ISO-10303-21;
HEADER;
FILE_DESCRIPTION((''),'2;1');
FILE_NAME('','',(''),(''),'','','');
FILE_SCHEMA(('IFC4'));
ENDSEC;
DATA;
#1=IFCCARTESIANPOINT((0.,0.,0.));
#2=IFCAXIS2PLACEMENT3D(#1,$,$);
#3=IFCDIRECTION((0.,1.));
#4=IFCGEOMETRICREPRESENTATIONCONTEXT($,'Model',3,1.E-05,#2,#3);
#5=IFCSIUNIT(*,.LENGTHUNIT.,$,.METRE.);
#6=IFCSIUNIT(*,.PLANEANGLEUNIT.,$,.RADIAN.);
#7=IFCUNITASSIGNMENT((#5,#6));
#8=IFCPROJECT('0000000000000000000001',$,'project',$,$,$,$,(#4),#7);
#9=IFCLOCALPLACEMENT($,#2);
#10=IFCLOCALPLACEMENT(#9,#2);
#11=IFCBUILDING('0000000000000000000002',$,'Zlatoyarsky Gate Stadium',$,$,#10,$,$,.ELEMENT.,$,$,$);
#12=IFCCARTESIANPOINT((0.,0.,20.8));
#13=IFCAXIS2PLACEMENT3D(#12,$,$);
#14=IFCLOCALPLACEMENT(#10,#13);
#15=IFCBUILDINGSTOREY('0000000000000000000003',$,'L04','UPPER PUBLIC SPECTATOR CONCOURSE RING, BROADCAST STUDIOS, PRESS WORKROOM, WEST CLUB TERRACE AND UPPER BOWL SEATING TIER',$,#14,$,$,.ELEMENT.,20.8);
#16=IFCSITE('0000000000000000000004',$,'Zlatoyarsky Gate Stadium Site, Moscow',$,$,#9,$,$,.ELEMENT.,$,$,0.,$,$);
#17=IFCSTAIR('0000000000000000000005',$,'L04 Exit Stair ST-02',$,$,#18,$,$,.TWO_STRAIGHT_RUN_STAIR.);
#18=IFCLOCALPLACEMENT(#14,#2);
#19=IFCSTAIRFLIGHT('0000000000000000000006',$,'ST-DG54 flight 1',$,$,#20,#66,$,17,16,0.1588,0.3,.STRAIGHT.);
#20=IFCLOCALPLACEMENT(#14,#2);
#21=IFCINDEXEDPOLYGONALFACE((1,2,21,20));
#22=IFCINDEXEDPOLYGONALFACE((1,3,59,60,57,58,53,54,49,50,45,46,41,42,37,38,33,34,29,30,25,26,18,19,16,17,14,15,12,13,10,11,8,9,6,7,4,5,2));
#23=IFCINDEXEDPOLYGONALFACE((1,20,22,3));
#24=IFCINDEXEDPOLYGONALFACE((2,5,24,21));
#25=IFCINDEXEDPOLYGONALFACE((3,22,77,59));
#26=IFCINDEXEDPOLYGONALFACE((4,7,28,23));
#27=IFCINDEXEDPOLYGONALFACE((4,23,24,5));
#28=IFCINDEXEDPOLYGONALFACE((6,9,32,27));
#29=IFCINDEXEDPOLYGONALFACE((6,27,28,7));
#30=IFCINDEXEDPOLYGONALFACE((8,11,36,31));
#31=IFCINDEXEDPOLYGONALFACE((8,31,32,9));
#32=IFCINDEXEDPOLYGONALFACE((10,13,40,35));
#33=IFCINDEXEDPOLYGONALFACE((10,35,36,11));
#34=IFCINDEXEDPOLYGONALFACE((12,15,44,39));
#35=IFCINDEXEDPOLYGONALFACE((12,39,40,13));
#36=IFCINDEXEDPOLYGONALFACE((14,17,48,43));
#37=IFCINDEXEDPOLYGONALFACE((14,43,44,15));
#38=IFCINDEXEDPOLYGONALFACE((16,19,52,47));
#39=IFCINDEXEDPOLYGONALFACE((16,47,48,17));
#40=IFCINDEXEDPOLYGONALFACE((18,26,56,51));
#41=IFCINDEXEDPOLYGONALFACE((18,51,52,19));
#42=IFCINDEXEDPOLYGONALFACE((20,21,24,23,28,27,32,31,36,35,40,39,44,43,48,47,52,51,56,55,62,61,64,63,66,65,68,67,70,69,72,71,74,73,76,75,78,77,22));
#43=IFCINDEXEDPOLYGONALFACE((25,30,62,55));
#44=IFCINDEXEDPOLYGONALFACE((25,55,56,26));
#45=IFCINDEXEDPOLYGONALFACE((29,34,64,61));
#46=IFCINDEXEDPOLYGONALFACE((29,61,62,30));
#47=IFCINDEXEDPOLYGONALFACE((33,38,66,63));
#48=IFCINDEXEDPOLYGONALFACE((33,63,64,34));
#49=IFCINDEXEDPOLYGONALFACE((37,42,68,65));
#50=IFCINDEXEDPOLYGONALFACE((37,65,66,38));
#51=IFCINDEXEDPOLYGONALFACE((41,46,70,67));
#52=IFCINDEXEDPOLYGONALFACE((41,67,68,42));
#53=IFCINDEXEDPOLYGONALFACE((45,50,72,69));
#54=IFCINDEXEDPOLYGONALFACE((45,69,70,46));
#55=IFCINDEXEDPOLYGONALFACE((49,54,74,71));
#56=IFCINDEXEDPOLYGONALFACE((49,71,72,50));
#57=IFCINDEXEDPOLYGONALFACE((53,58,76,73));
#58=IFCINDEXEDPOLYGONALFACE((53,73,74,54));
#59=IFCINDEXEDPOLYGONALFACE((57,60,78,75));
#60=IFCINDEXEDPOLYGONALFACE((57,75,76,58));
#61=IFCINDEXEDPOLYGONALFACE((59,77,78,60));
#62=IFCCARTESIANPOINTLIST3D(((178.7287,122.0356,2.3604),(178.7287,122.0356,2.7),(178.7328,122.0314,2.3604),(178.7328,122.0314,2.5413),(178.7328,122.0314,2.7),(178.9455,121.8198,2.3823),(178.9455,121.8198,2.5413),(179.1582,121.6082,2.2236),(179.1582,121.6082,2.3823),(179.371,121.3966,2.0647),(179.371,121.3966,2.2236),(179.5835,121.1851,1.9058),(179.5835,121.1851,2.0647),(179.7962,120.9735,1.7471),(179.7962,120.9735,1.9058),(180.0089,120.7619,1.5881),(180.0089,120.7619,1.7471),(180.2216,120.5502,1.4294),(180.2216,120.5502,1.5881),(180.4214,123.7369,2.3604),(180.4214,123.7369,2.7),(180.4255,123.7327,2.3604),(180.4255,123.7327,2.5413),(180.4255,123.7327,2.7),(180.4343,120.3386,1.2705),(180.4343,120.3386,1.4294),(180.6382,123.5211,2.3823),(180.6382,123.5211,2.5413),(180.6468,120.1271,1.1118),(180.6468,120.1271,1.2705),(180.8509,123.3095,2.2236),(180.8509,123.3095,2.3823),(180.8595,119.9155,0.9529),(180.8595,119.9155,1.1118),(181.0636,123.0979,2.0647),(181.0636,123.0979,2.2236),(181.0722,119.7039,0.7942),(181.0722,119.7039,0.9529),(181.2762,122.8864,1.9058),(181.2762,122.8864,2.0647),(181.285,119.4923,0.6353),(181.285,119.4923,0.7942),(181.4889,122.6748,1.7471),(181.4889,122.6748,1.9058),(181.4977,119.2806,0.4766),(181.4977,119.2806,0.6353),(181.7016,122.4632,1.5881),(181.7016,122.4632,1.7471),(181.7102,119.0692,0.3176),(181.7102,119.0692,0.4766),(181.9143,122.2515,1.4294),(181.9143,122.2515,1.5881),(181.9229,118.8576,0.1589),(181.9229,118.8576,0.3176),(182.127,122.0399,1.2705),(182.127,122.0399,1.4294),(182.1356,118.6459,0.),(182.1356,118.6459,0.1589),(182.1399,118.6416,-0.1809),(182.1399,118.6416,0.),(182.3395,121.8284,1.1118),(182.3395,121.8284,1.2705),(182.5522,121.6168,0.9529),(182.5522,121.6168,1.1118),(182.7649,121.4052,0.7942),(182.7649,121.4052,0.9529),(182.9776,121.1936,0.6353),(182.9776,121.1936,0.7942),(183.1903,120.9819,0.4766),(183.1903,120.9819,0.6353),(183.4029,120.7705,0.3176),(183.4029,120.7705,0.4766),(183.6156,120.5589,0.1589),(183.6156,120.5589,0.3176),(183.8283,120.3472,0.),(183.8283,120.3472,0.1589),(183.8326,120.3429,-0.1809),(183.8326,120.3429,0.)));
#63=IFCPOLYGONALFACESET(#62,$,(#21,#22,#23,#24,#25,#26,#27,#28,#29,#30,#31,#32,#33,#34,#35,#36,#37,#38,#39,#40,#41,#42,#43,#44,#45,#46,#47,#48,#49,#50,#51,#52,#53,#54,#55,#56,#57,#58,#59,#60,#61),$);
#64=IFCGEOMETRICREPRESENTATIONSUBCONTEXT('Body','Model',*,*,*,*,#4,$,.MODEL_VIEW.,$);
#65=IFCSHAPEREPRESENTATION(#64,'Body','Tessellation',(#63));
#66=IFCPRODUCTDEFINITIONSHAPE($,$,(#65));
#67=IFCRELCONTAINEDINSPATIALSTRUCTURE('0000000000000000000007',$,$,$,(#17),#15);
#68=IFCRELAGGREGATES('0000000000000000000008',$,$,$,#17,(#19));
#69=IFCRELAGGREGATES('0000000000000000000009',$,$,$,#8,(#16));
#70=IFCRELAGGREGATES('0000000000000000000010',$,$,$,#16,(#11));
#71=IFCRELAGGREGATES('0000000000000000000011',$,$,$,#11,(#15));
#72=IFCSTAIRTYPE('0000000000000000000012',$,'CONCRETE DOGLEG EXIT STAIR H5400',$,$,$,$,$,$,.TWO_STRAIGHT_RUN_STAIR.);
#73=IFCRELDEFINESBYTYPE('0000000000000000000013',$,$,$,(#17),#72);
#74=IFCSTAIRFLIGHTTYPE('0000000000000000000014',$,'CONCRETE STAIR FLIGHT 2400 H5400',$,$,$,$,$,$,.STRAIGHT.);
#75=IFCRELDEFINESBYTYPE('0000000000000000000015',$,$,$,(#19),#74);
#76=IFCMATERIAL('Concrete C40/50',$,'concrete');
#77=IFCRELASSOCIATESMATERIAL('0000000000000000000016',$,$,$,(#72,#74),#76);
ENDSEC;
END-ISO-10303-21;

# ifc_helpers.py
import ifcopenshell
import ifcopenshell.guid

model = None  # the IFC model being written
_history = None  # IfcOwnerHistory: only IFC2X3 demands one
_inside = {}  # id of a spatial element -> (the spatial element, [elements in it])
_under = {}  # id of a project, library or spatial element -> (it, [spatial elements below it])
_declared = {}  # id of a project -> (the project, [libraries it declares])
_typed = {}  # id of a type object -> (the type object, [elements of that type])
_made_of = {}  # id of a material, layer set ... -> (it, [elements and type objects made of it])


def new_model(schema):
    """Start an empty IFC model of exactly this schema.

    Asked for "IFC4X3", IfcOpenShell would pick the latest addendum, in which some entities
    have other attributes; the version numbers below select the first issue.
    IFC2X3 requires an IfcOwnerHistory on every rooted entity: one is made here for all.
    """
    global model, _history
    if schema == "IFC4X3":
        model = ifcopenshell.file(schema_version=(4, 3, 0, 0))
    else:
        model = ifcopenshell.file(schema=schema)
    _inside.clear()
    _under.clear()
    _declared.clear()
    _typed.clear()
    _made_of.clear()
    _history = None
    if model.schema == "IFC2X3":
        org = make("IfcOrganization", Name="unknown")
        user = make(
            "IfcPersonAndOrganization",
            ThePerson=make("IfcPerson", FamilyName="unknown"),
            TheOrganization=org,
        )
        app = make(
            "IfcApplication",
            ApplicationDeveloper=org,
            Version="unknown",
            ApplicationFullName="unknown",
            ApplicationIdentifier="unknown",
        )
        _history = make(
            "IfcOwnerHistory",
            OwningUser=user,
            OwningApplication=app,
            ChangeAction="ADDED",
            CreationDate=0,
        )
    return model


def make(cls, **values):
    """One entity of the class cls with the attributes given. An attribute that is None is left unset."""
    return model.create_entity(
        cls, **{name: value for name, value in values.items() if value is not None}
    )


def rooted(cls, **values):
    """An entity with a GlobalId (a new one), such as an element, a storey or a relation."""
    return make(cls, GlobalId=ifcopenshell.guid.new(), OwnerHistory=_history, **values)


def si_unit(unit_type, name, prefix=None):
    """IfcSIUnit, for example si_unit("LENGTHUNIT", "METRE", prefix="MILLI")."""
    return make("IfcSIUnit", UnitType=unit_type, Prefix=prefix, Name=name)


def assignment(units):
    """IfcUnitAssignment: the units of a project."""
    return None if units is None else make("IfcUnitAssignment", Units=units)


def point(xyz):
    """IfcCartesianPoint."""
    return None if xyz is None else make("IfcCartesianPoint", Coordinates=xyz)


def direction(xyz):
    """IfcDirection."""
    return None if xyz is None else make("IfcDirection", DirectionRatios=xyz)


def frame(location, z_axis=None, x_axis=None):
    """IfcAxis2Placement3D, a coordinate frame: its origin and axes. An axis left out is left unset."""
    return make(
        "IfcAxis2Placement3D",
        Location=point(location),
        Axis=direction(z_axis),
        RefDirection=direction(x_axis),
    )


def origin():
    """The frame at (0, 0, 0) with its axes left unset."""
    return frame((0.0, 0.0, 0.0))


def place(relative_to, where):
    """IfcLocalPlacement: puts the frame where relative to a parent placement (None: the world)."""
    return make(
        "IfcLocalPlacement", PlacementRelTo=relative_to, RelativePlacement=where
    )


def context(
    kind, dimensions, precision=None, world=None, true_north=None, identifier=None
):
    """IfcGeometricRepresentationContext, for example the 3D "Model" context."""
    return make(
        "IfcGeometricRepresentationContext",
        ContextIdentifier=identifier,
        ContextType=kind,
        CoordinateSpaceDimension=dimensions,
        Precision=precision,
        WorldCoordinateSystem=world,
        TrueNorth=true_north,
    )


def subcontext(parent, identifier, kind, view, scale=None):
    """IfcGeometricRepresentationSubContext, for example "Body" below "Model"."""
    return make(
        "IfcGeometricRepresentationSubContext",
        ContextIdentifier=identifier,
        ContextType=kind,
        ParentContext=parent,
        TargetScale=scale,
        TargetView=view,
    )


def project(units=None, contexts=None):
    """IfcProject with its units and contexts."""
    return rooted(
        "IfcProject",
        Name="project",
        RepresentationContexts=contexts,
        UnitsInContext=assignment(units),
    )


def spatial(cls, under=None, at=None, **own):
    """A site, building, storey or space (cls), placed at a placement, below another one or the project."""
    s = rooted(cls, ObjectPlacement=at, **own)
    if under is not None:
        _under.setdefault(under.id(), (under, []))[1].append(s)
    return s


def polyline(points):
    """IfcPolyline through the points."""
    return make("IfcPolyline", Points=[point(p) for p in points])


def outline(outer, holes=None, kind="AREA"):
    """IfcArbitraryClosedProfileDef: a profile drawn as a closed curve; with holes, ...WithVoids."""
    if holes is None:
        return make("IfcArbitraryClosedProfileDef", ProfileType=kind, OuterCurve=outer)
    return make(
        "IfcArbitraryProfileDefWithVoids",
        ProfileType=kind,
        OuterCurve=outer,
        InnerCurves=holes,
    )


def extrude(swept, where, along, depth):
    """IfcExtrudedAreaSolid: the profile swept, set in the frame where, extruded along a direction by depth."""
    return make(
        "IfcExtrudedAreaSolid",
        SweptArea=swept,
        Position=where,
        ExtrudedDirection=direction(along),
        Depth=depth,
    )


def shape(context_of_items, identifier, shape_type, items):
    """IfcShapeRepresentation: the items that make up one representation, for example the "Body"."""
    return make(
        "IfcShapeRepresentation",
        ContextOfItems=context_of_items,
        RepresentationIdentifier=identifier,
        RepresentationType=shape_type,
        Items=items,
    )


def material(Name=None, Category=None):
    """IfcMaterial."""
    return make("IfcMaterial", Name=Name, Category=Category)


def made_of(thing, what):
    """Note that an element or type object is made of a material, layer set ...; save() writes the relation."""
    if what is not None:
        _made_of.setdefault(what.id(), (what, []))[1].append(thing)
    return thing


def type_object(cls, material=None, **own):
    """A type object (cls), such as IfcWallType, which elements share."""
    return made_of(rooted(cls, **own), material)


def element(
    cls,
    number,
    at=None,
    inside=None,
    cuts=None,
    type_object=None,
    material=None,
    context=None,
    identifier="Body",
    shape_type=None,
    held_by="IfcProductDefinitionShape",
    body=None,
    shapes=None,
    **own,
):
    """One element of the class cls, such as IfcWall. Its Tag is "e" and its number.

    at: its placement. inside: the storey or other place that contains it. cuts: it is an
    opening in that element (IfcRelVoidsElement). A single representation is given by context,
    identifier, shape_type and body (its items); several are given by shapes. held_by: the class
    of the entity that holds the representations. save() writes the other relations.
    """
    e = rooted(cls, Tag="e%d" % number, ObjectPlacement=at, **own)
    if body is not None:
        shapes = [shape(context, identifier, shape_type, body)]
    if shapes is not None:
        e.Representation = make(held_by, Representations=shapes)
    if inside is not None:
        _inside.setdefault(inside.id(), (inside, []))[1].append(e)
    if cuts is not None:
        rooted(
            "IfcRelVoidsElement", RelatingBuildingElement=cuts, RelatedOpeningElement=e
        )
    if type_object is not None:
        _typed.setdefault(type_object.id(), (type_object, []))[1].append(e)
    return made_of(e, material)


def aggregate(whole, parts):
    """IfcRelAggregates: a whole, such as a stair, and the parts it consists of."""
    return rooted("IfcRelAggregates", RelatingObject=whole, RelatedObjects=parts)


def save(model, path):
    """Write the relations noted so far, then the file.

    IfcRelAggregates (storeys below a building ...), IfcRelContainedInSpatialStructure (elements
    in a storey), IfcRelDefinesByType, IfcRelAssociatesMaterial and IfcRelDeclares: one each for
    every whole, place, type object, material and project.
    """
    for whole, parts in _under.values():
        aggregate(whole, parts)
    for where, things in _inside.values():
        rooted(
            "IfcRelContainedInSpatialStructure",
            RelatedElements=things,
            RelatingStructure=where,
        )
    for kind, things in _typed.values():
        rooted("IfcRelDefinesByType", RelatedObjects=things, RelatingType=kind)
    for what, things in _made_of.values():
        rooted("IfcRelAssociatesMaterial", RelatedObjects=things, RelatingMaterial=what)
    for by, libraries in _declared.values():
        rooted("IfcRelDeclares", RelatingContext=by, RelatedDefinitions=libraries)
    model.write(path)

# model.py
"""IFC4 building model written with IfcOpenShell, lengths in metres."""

from ifc_helpers import new_model, si_unit, direction, frame, origin, place, context, subcontext, project, spatial, polyline, outline, extrude, material, type_object, element, aggregate, save


model = new_model("IFC4")

# Units and contexts
model_context = context("Model", 3, precision=1e-05, world=origin(), true_north=direction((0.0, 1.0)))
body_context = subcontext(model_context, "Body", "Model", "MODEL_VIEW")
ifc_project = project(units=[si_unit("LENGTHUNIT", "METRE"), si_unit("PLANEANGLEUNIT", "RADIAN")], contexts=[model_context])

# Site, building, storey
site_placement = place(None, origin())
site = spatial("IfcSite", under=ifc_project, at=site_placement, Name="Zlatoyarsky Gate Stadium Site, Moscow", CompositionType="ELEMENT", RefElevation=0.0)
building_placement = place(site_placement, origin())
building = spatial("IfcBuilding", under=site, at=building_placement, Name="Zlatoyarsky Gate Stadium", CompositionType="ELEMENT")
storey_placement = place(building_placement, frame((0.0, 0.0, 20.8)))
storey = spatial("IfcBuildingStorey", under=building, at=storey_placement, Name="L04", Description="UPPER PUBLIC SPECTATOR CONCOURSE RING, BROADCAST STUDIOS, PRESS WORKROOM, WEST CLUB TERRACE AND UPPER BOWL SEATING TIER", CompositionType="ELEMENT", Elevation=20.8)

# Shared definitions
ifc_material_1 = material(Name="Concrete C40/50", Category="concrete")

# Stair, stair flight
stair_type = type_object("IfcStairType", Name="CONCRETE DOGLEG EXIT STAIR H5400", PredefinedType="TWO_STRAIGHT_RUN_STAIR", material=ifc_material_1)
stair_placement = place(storey_placement, origin())
stair = element("IfcStair", 1, at=stair_placement, inside=storey, type_object=stair_type, Name="L04 Exit Stair ST-02", PredefinedType="TWO_STRAIGHT_RUN_STAIR")
stair_flight_type = type_object("IfcStairFlightType", Name="CONCRETE STAIR FLIGHT 2400 H5400", PredefinedType="STRAIGHT", material=ifc_material_1)
stair_flight_placement = place(storey_placement, frame((182.9819, 119.4966, 0.0), z_axis=(0.0, 0.0, 1.0), x_axis=(-0.708901, 0.705308, 0.0)))
stair_flight = element("IfcStairFlight", 2, at=stair_flight_placement, type_object=stair_flight_type, Name="ST-DG54 flight 1", NumberOfRisers=17, NumberOfTreads=16, PredefinedType="STRAIGHT", RiserHeight=0.1588, TreadLength=0.3, context=body_context, shape_type="SweptSolid", body=[
    extrude(outline(polyline([(-0.0061, -0.1809), (-0.0061, 0.0), (0.0, 0.0), (0.0, 0.1589), (0.3, 0.1589), (0.3, 0.3176), (0.6001, 0.3176), (0.6001, 0.4766), (0.8999, 0.4766), (0.8999, 0.6353), (1.2, 0.6353), (1.2, 0.7942), (1.5, 0.7942), (1.5, 0.9529), (1.8, 0.9529), (1.8, 1.1118), (2.1001, 1.1118), (2.1001, 1.2705), (2.3999, 1.2705), (2.3999, 1.4294), (2.7, 1.4294), (2.7, 1.5881), (3.0, 1.5881), (3.0, 1.7471), (3.3, 1.7471), (3.3, 1.9058), (3.6001, 1.9058), (3.6001, 2.0647), (3.8999, 2.0647), (3.8999, 2.2236), (4.2, 2.2236), (4.2, 2.3823), (4.5, 2.3823), (4.5, 2.5413), (4.8, 2.5413), (4.8, 2.7), (4.8059, 2.7), (4.8059, 2.3604), (4.8, 2.3604), (-0.0061, -0.1809)])), frame((0.0, 1.2, 0.0), z_axis=(0.0, -1.0, 0.0), x_axis=(1.0, 0.0, 0.0)), (0.0, 0.0, 1.0), 2.3999),
])
aggregate(stair, [stair_flight])

save(model, "model.ifc")
